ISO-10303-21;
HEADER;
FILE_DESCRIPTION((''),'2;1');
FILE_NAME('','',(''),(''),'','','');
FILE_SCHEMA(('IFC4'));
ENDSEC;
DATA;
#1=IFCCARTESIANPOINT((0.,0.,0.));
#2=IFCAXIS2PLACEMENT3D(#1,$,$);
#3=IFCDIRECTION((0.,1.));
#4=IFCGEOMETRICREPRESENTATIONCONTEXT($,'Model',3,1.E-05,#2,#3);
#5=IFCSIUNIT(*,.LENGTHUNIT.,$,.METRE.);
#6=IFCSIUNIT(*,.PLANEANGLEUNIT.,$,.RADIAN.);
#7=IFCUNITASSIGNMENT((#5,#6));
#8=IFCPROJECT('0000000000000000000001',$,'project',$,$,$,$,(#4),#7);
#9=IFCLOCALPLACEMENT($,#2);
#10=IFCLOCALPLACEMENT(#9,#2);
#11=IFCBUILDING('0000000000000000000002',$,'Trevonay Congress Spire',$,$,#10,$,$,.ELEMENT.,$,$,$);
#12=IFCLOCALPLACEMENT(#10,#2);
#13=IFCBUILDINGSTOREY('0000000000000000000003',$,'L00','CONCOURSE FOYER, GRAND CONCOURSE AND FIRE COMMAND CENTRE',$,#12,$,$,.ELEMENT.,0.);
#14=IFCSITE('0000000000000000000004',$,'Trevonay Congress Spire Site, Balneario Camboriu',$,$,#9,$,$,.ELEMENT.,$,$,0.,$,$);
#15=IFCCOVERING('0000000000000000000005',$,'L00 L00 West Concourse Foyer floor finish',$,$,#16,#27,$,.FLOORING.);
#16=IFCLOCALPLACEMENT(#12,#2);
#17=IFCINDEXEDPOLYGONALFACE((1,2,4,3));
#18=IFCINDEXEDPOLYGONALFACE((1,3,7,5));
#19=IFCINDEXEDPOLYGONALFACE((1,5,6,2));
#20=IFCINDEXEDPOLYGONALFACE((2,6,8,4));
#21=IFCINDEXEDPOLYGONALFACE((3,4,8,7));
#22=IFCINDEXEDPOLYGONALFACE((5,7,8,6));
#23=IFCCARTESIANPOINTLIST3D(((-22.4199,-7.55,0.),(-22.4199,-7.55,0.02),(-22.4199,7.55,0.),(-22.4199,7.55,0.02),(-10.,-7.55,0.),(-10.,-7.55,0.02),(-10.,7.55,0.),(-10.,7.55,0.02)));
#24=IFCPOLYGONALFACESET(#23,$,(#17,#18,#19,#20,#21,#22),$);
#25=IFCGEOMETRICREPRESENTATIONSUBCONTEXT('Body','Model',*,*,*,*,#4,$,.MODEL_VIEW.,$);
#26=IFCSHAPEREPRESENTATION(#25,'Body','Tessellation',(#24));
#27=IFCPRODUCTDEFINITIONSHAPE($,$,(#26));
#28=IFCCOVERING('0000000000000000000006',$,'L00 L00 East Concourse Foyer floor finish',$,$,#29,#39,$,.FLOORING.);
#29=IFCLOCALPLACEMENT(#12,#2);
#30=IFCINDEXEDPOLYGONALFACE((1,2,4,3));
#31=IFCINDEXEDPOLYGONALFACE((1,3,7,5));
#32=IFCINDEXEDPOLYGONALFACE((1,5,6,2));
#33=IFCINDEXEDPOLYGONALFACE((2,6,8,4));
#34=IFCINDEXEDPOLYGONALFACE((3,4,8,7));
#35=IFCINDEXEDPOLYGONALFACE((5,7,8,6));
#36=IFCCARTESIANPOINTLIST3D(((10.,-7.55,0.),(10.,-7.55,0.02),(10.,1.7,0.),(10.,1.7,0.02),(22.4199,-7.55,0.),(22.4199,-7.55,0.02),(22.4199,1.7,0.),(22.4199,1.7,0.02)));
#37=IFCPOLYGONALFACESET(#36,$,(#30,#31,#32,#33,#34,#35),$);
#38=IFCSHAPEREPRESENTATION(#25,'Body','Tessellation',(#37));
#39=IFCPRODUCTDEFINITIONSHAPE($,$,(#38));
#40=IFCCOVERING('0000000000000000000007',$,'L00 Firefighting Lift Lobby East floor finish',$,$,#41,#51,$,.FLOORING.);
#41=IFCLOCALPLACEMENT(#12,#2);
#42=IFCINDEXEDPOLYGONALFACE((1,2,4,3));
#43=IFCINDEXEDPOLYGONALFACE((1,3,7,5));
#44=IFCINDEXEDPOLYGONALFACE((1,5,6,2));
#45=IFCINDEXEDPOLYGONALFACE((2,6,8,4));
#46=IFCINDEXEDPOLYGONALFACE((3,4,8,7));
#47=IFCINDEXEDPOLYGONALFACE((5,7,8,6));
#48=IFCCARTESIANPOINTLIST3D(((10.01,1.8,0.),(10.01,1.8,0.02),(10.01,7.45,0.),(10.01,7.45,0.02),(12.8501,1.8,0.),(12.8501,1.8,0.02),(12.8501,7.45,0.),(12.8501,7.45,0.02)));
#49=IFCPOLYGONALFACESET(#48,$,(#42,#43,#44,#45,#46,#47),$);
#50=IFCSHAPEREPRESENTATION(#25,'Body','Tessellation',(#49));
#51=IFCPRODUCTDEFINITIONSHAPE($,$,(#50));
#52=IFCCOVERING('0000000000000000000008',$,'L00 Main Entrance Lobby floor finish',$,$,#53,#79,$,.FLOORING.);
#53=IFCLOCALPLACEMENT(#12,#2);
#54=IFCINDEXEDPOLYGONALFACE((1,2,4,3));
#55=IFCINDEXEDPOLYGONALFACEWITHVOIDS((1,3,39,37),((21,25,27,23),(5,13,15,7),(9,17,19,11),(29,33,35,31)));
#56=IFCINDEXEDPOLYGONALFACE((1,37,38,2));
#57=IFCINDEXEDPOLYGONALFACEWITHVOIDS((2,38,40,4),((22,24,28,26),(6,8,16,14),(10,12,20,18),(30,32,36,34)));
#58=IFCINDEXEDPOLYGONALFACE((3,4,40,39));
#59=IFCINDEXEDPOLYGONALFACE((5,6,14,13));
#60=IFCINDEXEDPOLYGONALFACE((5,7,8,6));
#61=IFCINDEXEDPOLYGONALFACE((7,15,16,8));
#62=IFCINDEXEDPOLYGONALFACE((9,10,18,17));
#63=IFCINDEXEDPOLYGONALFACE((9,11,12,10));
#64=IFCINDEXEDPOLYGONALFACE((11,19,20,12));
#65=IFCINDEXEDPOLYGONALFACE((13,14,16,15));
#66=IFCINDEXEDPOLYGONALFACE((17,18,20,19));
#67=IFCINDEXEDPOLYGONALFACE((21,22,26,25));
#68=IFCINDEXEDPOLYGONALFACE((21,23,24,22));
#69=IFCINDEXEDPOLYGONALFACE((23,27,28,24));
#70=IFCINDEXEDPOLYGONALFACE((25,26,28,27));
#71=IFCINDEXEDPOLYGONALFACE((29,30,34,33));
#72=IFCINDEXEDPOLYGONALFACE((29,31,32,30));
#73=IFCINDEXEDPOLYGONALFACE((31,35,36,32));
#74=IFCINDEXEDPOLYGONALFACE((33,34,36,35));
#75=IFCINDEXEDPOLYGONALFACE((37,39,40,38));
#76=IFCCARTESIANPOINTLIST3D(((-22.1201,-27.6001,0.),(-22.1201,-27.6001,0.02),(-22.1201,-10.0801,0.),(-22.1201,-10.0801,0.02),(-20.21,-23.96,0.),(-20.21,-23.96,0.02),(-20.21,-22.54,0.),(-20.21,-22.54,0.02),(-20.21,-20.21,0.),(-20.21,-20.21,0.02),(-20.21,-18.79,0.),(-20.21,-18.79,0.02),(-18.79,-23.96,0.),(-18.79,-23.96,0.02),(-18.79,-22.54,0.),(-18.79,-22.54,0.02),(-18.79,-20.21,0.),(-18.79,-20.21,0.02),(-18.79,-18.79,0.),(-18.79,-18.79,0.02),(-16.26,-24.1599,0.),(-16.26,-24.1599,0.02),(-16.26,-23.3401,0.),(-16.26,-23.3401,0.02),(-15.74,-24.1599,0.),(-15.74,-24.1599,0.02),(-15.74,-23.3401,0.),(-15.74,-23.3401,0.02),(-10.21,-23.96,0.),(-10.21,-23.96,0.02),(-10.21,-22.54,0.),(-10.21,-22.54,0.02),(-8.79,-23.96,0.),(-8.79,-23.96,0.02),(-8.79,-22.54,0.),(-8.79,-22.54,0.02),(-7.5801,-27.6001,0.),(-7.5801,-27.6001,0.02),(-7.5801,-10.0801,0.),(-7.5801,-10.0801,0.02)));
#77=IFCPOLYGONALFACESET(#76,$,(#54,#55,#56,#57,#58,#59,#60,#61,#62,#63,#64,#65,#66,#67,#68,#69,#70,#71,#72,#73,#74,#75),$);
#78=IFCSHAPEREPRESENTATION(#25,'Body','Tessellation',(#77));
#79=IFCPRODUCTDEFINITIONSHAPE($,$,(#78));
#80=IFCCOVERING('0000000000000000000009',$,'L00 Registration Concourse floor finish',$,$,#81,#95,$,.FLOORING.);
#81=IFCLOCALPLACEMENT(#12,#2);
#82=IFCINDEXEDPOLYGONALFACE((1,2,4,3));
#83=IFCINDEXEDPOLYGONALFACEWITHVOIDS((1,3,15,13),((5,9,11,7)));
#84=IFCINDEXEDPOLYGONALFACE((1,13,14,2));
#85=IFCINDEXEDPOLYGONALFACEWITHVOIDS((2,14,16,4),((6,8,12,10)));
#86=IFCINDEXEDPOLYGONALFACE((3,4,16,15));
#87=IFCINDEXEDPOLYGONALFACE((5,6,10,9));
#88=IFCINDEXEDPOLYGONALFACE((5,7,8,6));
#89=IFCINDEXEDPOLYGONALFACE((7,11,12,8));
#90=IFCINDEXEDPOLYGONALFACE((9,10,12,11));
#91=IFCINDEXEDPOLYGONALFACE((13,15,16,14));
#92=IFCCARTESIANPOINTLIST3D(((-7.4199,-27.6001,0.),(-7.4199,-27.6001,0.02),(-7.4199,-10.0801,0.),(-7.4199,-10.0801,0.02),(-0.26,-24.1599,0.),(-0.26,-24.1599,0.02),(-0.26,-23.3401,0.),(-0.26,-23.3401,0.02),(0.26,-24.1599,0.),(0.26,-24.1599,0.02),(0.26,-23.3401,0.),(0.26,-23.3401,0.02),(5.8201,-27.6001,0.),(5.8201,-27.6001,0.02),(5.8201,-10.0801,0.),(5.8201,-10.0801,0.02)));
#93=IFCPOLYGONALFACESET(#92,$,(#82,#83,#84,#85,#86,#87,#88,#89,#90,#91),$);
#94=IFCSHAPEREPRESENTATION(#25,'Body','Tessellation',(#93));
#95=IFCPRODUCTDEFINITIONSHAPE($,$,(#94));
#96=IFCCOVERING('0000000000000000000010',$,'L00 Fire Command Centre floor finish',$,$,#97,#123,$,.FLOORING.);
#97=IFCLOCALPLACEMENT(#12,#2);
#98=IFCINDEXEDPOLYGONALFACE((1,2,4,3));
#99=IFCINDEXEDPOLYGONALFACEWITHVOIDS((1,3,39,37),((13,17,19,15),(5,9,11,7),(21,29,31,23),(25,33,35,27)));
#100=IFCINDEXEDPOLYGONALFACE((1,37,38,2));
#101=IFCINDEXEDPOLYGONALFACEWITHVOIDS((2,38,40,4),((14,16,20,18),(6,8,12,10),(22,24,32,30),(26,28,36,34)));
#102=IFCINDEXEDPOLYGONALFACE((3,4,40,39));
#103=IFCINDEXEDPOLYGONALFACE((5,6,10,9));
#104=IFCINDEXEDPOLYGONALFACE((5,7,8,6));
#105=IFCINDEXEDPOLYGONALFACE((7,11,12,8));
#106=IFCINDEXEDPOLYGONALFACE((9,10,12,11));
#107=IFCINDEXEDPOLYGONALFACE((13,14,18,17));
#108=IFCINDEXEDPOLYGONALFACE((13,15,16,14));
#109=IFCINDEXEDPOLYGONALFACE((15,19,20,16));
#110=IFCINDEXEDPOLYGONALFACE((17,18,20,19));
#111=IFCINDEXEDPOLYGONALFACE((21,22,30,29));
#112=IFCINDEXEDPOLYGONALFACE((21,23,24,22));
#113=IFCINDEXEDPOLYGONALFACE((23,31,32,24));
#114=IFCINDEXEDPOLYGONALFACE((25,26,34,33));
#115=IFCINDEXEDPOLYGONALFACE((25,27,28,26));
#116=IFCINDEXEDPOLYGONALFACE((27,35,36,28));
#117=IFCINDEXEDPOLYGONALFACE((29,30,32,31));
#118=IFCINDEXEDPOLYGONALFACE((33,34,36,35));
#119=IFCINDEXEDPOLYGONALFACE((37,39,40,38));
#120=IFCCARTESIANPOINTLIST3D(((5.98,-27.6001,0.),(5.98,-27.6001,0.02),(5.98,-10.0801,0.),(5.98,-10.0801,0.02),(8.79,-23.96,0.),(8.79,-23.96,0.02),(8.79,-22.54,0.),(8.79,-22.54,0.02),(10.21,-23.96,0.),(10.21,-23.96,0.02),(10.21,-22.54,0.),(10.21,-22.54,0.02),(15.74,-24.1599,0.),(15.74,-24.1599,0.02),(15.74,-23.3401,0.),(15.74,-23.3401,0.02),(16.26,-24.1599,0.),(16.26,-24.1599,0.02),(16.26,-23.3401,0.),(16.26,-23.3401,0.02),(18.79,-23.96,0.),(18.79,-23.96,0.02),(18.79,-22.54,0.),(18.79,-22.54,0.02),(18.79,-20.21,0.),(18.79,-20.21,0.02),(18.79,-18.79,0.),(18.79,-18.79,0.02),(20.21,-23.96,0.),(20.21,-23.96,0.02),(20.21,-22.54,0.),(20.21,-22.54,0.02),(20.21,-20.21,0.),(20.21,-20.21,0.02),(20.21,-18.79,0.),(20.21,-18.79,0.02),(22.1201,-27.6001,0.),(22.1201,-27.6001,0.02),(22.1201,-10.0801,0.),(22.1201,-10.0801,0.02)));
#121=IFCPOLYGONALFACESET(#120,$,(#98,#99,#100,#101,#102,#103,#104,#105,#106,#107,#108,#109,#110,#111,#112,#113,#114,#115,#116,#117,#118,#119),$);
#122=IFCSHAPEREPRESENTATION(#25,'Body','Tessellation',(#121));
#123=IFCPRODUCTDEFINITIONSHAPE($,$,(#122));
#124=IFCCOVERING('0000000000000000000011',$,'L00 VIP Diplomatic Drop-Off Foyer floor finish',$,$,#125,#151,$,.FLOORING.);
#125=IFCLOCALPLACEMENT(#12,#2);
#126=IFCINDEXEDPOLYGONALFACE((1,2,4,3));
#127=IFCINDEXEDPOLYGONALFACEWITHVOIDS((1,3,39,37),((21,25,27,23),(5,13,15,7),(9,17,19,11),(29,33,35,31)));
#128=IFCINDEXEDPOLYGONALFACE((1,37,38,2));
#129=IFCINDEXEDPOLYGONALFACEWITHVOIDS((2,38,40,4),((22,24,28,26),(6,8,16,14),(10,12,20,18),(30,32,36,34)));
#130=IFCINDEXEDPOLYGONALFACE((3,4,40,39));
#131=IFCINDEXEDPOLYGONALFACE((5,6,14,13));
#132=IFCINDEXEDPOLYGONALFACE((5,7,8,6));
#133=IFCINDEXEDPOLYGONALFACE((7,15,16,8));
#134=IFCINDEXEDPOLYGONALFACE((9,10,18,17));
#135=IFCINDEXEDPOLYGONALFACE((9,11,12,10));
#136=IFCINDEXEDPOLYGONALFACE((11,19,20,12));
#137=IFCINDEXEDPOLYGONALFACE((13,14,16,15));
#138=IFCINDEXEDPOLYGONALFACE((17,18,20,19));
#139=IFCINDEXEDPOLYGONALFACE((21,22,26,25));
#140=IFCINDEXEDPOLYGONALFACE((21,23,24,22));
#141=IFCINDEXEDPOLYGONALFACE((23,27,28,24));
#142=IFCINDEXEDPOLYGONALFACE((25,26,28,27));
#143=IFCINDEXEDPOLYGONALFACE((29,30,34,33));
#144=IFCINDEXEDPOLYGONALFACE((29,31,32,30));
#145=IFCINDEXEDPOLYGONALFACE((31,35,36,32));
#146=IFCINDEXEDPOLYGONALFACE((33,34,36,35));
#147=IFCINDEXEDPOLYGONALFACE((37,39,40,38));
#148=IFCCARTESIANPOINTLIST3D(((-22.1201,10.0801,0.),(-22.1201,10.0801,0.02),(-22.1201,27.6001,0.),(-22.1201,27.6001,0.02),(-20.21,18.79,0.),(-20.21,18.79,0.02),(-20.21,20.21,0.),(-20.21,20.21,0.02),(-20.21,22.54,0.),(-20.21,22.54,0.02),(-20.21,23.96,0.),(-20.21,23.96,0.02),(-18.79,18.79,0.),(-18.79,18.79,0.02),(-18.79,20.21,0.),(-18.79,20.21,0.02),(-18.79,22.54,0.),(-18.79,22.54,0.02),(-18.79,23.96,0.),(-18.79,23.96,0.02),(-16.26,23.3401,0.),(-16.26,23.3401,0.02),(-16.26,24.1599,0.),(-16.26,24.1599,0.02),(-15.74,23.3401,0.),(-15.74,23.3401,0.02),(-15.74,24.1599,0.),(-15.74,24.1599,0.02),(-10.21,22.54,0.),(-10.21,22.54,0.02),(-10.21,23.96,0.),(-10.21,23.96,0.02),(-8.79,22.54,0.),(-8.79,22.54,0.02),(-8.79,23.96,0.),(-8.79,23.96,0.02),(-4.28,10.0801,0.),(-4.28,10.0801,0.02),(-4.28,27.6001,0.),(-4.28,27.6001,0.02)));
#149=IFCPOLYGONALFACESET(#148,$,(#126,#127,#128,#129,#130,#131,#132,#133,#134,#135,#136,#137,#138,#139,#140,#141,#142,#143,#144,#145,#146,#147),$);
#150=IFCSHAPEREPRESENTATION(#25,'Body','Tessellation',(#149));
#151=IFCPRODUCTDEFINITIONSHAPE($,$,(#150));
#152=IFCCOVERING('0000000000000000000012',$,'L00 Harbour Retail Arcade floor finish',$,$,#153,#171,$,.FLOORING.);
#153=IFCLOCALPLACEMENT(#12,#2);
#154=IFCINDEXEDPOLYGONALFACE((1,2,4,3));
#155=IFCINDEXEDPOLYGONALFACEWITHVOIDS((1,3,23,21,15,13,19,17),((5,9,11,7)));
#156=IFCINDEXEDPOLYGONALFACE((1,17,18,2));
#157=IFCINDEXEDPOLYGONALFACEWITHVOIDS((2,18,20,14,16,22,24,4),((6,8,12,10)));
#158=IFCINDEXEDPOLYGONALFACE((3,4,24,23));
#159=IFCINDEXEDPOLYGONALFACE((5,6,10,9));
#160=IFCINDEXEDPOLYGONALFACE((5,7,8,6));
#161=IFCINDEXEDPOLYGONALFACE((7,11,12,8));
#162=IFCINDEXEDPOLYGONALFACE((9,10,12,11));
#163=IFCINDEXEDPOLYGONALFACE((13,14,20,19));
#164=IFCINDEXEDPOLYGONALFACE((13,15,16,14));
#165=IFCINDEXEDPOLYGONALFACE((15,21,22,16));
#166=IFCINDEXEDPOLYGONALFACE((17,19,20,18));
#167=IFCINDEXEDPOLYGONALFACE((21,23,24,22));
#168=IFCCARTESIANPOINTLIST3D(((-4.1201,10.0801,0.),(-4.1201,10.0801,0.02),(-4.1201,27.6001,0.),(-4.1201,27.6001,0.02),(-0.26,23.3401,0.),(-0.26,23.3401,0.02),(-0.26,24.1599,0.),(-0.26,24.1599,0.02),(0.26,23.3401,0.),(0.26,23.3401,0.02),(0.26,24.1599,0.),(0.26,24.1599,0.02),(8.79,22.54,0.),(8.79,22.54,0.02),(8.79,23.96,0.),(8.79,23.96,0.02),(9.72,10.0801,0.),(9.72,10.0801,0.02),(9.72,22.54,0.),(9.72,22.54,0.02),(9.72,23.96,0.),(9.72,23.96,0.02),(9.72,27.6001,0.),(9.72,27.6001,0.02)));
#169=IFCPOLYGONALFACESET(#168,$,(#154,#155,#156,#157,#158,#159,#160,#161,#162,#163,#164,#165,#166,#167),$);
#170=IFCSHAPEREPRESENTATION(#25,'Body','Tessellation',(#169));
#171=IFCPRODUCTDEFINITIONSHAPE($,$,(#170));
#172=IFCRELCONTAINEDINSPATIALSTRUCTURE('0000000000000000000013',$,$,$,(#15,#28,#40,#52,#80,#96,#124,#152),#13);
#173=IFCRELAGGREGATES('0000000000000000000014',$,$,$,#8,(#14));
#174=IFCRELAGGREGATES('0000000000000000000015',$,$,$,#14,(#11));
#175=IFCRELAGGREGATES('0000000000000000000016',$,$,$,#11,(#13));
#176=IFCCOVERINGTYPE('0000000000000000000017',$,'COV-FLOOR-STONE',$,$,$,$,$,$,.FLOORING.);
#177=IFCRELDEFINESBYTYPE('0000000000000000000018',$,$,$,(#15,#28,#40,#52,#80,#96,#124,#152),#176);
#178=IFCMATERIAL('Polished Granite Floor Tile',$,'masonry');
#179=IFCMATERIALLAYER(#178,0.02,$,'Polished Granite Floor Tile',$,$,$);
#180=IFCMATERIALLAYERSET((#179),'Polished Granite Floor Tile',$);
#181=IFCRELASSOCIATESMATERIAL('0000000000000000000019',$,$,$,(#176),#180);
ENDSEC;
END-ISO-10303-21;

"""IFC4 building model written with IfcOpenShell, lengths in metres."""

from ifc_helpers import new_model, si_unit, direction, origin, place, context, subcontext, project, spatial, polyline, outline, extrude, material, layer, layer_set, type_object, element, save


model = new_model("IFC4")

# Units and contexts
model_context = context("Model", 3, precision=1e-05, world=origin(), true_north=direction((0.0, 1.0)))
body_context = subcontext(model_context, "Body", "Model", "MODEL_VIEW")
ifc_project = project(units=[si_unit("LENGTHUNIT", "METRE"), si_unit("PLANEANGLEUNIT", "RADIAN")], contexts=[model_context])

# Site, building, storey
site_placement = place(None, origin())
site = spatial("IfcSite", under=ifc_project, at=site_placement, Name="Trevonay Congress Spire Site, Balneario Camboriu", CompositionType="ELEMENT", RefElevation=0.0)
building_placement = place(site_placement, origin())
building = spatial("IfcBuilding", under=site, at=building_placement, Name="Trevonay Congress Spire", CompositionType="ELEMENT")
storey_placement = place(building_placement, origin())
storey = spatial("IfcBuildingStorey", under=building, at=storey_placement, Name="L00", Description="CONCOURSE FOYER, GRAND CONCOURSE AND FIRE COMMAND CENTRE", CompositionType="ELEMENT", Elevation=0.0)

# Coverings
ifc_material_1 = material(Name="Polished Granite Floor Tile", Category="masonry")
ifc_layer_1 = layer(ifc_material_1, 0.02, Name="Polished Granite Floor Tile")
ifc_layer_set_1 = layer_set([ifc_layer_1], Name="Polished Granite Floor Tile")
covering_type_1 = type_object("IfcCoveringType", Name="COV-FLOOR-STONE", PredefinedType="FLOORING", material=ifc_layer_set_1)
covering_1_placement = place(storey_placement, origin())
element("IfcCovering", 1, at=covering_1_placement, inside=storey, type_object=covering_type_1, Name="L00 L00 West Concourse Foyer floor finish", PredefinedType="FLOORING", context=body_context, shape_type="SweptSolid", body=[
    extrude(outline(polyline([(-22.4199, -7.55), (-22.4199, 7.55), (-10.0, 7.55), (-10.0, -7.55), (-22.4199, -7.55)])), origin(), (0.0, 0.0, 1.0), 0.02),
])
covering_2_placement = place(storey_placement, origin())
element("IfcCovering", 2, at=covering_2_placement, inside=storey, type_object=covering_type_1, Name="L00 L00 East Concourse Foyer floor finish", PredefinedType="FLOORING", context=body_context, shape_type="SweptSolid", body=[
    extrude(outline(polyline([(10.0, -7.55), (10.0, 1.7), (22.4199, 1.7), (22.4199, -7.55), (10.0, -7.55)])), origin(), (0.0, 0.0, 1.0), 0.02),
])
covering_3_placement = place(storey_placement, origin())
element("IfcCovering", 3, at=covering_3_placement, inside=storey, type_object=covering_type_1, Name="L00 Firefighting Lift Lobby East floor finish", PredefinedType="FLOORING", context=body_context, shape_type="SweptSolid", body=[
    extrude(outline(polyline([(12.8501, 1.8), (10.01, 1.8), (10.01, 7.45), (12.8501, 7.45), (12.8501, 1.8)])), origin(), (0.0, 0.0, 1.0), 0.02),
])
covering_4_placement = place(storey_placement, origin())
element("IfcCovering", 4, at=covering_4_placement, inside=storey, type_object=covering_type_1, Name="L00 Main Entrance Lobby floor finish", PredefinedType="FLOORING", context=body_context, shape_type="SweptSolid", body=[
    extrude(outline(polyline([(-22.1201, -10.0801), (-7.5801, -10.0801), (-7.5801, -27.6001), (-22.1201, -27.6001), (-22.1201, -10.0801)]), holes=[polyline([(-16.26, -23.3401), (-16.26, -24.1599), (-15.74, -24.1599), (-15.74, -23.3401), (-16.26, -23.3401)]), polyline([(-20.21, -22.54), (-20.21, -23.96), (-18.79, -23.96), (-18.79, -22.54), (-20.21, -22.54)]), polyline([(-10.21, -22.54), (-10.21, -23.96), (-8.79, -23.96), (-8.79, -22.54), (-10.21, -22.54)]), polyline([(-20.21, -18.79), (-20.21, -20.21), (-18.79, -20.21), (-18.79, -18.79), (-20.21, -18.79)])]), origin(), (0.0, 0.0, 1.0), 0.02),
])
covering_5_placement = place(storey_placement, origin())
element("IfcCovering", 5, at=covering_5_placement, inside=storey, type_object=covering_type_1, Name="L00 Registration Concourse floor finish", PredefinedType="FLOORING", context=body_context, shape_type="SweptSolid", body=[
    extrude(outline(polyline([(-7.4199, -10.0801), (5.8201, -10.0801), (5.8201, -27.6001), (-7.4199, -27.6001), (-7.4199, -10.0801)]), holes=[polyline([(0.26, -24.1599), (0.26, -23.3401), (-0.26, -23.3401), (-0.26, -24.1599), (0.26, -24.1599)])]), origin(), (0.0, 0.0, 1.0), 0.02),
])
covering_6_placement = place(storey_placement, origin())
element("IfcCovering", 6, at=covering_6_placement, inside=storey, type_object=covering_type_1, Name="L00 Fire Command Centre floor finish", PredefinedType="FLOORING", context=body_context, shape_type="SweptSolid", body=[
    extrude(outline(polyline([(5.98, -10.0801), (22.1201, -10.0801), (22.1201, -27.6001), (5.98, -27.6001), (5.98, -10.0801)]), holes=[polyline([(15.74, -23.3401), (15.74, -24.1599), (16.26, -24.1599), (16.26, -23.3401), (15.74, -23.3401)]), polyline([(8.79, -22.54), (8.79, -23.96), (10.21, -23.96), (10.21, -22.54), (8.79, -22.54)]), polyline([(18.79, -22.54), (18.79, -23.96), (20.21, -23.96), (20.21, -22.54), (18.79, -22.54)]), polyline([(18.79, -18.79), (18.79, -20.21), (20.21, -20.21), (20.21, -18.79), (18.79, -18.79)])]), origin(), (0.0, 0.0, 1.0), 0.02),
])
covering_7_placement = place(storey_placement, origin())
element("IfcCovering", 7, at=covering_7_placement, inside=storey, type_object=covering_type_1, Name="L00 VIP Diplomatic Drop-Off Foyer floor finish", PredefinedType="FLOORING", context=body_context, shape_type="SweptSolid", body=[
    extrude(outline(polyline([(-22.1201, 27.6001), (-4.28, 27.6001), (-4.28, 10.0801), (-22.1201, 10.0801), (-22.1201, 27.6001)]), holes=[polyline([(-20.21, 20.21), (-20.21, 18.79), (-18.79, 18.79), (-18.79, 20.21), (-20.21, 20.21)]), polyline([(-20.21, 23.96), (-20.21, 22.54), (-18.79, 22.54), (-18.79, 23.96), (-20.21, 23.96)]), polyline([(-10.21, 23.96), (-10.21, 22.54), (-8.79, 22.54), (-8.79, 23.96), (-10.21, 23.96)]), polyline([(-16.26, 24.1599), (-16.26, 23.3401), (-15.74, 23.3401), (-15.74, 24.1599), (-16.26, 24.1599)])]), origin(), (0.0, 0.0, 1.0), 0.02),
])
covering_8_placement = place(storey_placement, origin())
element("IfcCovering", 8, at=covering_8_placement, inside=storey, type_object=covering_type_1, Name="L00 Harbour Retail Arcade floor finish", PredefinedType="FLOORING", context=body_context, shape_type="SweptSolid", body=[
    extrude(outline(polyline([(9.72, 10.0801), (-4.1201, 10.0801), (-4.1201, 27.6001), (9.72, 27.6001), (9.72, 23.96), (8.79, 23.96), (8.79, 22.54), (9.72, 22.54), (9.72, 10.0801)]), holes=[polyline([(-0.26, 23.3401), (0.26, 23.3401), (0.26, 24.1599), (-0.26, 24.1599), (-0.26, 23.3401)])]), origin(), (0.0, 0.0, 1.0), 0.02),
])

save(model, "model.ifc")
